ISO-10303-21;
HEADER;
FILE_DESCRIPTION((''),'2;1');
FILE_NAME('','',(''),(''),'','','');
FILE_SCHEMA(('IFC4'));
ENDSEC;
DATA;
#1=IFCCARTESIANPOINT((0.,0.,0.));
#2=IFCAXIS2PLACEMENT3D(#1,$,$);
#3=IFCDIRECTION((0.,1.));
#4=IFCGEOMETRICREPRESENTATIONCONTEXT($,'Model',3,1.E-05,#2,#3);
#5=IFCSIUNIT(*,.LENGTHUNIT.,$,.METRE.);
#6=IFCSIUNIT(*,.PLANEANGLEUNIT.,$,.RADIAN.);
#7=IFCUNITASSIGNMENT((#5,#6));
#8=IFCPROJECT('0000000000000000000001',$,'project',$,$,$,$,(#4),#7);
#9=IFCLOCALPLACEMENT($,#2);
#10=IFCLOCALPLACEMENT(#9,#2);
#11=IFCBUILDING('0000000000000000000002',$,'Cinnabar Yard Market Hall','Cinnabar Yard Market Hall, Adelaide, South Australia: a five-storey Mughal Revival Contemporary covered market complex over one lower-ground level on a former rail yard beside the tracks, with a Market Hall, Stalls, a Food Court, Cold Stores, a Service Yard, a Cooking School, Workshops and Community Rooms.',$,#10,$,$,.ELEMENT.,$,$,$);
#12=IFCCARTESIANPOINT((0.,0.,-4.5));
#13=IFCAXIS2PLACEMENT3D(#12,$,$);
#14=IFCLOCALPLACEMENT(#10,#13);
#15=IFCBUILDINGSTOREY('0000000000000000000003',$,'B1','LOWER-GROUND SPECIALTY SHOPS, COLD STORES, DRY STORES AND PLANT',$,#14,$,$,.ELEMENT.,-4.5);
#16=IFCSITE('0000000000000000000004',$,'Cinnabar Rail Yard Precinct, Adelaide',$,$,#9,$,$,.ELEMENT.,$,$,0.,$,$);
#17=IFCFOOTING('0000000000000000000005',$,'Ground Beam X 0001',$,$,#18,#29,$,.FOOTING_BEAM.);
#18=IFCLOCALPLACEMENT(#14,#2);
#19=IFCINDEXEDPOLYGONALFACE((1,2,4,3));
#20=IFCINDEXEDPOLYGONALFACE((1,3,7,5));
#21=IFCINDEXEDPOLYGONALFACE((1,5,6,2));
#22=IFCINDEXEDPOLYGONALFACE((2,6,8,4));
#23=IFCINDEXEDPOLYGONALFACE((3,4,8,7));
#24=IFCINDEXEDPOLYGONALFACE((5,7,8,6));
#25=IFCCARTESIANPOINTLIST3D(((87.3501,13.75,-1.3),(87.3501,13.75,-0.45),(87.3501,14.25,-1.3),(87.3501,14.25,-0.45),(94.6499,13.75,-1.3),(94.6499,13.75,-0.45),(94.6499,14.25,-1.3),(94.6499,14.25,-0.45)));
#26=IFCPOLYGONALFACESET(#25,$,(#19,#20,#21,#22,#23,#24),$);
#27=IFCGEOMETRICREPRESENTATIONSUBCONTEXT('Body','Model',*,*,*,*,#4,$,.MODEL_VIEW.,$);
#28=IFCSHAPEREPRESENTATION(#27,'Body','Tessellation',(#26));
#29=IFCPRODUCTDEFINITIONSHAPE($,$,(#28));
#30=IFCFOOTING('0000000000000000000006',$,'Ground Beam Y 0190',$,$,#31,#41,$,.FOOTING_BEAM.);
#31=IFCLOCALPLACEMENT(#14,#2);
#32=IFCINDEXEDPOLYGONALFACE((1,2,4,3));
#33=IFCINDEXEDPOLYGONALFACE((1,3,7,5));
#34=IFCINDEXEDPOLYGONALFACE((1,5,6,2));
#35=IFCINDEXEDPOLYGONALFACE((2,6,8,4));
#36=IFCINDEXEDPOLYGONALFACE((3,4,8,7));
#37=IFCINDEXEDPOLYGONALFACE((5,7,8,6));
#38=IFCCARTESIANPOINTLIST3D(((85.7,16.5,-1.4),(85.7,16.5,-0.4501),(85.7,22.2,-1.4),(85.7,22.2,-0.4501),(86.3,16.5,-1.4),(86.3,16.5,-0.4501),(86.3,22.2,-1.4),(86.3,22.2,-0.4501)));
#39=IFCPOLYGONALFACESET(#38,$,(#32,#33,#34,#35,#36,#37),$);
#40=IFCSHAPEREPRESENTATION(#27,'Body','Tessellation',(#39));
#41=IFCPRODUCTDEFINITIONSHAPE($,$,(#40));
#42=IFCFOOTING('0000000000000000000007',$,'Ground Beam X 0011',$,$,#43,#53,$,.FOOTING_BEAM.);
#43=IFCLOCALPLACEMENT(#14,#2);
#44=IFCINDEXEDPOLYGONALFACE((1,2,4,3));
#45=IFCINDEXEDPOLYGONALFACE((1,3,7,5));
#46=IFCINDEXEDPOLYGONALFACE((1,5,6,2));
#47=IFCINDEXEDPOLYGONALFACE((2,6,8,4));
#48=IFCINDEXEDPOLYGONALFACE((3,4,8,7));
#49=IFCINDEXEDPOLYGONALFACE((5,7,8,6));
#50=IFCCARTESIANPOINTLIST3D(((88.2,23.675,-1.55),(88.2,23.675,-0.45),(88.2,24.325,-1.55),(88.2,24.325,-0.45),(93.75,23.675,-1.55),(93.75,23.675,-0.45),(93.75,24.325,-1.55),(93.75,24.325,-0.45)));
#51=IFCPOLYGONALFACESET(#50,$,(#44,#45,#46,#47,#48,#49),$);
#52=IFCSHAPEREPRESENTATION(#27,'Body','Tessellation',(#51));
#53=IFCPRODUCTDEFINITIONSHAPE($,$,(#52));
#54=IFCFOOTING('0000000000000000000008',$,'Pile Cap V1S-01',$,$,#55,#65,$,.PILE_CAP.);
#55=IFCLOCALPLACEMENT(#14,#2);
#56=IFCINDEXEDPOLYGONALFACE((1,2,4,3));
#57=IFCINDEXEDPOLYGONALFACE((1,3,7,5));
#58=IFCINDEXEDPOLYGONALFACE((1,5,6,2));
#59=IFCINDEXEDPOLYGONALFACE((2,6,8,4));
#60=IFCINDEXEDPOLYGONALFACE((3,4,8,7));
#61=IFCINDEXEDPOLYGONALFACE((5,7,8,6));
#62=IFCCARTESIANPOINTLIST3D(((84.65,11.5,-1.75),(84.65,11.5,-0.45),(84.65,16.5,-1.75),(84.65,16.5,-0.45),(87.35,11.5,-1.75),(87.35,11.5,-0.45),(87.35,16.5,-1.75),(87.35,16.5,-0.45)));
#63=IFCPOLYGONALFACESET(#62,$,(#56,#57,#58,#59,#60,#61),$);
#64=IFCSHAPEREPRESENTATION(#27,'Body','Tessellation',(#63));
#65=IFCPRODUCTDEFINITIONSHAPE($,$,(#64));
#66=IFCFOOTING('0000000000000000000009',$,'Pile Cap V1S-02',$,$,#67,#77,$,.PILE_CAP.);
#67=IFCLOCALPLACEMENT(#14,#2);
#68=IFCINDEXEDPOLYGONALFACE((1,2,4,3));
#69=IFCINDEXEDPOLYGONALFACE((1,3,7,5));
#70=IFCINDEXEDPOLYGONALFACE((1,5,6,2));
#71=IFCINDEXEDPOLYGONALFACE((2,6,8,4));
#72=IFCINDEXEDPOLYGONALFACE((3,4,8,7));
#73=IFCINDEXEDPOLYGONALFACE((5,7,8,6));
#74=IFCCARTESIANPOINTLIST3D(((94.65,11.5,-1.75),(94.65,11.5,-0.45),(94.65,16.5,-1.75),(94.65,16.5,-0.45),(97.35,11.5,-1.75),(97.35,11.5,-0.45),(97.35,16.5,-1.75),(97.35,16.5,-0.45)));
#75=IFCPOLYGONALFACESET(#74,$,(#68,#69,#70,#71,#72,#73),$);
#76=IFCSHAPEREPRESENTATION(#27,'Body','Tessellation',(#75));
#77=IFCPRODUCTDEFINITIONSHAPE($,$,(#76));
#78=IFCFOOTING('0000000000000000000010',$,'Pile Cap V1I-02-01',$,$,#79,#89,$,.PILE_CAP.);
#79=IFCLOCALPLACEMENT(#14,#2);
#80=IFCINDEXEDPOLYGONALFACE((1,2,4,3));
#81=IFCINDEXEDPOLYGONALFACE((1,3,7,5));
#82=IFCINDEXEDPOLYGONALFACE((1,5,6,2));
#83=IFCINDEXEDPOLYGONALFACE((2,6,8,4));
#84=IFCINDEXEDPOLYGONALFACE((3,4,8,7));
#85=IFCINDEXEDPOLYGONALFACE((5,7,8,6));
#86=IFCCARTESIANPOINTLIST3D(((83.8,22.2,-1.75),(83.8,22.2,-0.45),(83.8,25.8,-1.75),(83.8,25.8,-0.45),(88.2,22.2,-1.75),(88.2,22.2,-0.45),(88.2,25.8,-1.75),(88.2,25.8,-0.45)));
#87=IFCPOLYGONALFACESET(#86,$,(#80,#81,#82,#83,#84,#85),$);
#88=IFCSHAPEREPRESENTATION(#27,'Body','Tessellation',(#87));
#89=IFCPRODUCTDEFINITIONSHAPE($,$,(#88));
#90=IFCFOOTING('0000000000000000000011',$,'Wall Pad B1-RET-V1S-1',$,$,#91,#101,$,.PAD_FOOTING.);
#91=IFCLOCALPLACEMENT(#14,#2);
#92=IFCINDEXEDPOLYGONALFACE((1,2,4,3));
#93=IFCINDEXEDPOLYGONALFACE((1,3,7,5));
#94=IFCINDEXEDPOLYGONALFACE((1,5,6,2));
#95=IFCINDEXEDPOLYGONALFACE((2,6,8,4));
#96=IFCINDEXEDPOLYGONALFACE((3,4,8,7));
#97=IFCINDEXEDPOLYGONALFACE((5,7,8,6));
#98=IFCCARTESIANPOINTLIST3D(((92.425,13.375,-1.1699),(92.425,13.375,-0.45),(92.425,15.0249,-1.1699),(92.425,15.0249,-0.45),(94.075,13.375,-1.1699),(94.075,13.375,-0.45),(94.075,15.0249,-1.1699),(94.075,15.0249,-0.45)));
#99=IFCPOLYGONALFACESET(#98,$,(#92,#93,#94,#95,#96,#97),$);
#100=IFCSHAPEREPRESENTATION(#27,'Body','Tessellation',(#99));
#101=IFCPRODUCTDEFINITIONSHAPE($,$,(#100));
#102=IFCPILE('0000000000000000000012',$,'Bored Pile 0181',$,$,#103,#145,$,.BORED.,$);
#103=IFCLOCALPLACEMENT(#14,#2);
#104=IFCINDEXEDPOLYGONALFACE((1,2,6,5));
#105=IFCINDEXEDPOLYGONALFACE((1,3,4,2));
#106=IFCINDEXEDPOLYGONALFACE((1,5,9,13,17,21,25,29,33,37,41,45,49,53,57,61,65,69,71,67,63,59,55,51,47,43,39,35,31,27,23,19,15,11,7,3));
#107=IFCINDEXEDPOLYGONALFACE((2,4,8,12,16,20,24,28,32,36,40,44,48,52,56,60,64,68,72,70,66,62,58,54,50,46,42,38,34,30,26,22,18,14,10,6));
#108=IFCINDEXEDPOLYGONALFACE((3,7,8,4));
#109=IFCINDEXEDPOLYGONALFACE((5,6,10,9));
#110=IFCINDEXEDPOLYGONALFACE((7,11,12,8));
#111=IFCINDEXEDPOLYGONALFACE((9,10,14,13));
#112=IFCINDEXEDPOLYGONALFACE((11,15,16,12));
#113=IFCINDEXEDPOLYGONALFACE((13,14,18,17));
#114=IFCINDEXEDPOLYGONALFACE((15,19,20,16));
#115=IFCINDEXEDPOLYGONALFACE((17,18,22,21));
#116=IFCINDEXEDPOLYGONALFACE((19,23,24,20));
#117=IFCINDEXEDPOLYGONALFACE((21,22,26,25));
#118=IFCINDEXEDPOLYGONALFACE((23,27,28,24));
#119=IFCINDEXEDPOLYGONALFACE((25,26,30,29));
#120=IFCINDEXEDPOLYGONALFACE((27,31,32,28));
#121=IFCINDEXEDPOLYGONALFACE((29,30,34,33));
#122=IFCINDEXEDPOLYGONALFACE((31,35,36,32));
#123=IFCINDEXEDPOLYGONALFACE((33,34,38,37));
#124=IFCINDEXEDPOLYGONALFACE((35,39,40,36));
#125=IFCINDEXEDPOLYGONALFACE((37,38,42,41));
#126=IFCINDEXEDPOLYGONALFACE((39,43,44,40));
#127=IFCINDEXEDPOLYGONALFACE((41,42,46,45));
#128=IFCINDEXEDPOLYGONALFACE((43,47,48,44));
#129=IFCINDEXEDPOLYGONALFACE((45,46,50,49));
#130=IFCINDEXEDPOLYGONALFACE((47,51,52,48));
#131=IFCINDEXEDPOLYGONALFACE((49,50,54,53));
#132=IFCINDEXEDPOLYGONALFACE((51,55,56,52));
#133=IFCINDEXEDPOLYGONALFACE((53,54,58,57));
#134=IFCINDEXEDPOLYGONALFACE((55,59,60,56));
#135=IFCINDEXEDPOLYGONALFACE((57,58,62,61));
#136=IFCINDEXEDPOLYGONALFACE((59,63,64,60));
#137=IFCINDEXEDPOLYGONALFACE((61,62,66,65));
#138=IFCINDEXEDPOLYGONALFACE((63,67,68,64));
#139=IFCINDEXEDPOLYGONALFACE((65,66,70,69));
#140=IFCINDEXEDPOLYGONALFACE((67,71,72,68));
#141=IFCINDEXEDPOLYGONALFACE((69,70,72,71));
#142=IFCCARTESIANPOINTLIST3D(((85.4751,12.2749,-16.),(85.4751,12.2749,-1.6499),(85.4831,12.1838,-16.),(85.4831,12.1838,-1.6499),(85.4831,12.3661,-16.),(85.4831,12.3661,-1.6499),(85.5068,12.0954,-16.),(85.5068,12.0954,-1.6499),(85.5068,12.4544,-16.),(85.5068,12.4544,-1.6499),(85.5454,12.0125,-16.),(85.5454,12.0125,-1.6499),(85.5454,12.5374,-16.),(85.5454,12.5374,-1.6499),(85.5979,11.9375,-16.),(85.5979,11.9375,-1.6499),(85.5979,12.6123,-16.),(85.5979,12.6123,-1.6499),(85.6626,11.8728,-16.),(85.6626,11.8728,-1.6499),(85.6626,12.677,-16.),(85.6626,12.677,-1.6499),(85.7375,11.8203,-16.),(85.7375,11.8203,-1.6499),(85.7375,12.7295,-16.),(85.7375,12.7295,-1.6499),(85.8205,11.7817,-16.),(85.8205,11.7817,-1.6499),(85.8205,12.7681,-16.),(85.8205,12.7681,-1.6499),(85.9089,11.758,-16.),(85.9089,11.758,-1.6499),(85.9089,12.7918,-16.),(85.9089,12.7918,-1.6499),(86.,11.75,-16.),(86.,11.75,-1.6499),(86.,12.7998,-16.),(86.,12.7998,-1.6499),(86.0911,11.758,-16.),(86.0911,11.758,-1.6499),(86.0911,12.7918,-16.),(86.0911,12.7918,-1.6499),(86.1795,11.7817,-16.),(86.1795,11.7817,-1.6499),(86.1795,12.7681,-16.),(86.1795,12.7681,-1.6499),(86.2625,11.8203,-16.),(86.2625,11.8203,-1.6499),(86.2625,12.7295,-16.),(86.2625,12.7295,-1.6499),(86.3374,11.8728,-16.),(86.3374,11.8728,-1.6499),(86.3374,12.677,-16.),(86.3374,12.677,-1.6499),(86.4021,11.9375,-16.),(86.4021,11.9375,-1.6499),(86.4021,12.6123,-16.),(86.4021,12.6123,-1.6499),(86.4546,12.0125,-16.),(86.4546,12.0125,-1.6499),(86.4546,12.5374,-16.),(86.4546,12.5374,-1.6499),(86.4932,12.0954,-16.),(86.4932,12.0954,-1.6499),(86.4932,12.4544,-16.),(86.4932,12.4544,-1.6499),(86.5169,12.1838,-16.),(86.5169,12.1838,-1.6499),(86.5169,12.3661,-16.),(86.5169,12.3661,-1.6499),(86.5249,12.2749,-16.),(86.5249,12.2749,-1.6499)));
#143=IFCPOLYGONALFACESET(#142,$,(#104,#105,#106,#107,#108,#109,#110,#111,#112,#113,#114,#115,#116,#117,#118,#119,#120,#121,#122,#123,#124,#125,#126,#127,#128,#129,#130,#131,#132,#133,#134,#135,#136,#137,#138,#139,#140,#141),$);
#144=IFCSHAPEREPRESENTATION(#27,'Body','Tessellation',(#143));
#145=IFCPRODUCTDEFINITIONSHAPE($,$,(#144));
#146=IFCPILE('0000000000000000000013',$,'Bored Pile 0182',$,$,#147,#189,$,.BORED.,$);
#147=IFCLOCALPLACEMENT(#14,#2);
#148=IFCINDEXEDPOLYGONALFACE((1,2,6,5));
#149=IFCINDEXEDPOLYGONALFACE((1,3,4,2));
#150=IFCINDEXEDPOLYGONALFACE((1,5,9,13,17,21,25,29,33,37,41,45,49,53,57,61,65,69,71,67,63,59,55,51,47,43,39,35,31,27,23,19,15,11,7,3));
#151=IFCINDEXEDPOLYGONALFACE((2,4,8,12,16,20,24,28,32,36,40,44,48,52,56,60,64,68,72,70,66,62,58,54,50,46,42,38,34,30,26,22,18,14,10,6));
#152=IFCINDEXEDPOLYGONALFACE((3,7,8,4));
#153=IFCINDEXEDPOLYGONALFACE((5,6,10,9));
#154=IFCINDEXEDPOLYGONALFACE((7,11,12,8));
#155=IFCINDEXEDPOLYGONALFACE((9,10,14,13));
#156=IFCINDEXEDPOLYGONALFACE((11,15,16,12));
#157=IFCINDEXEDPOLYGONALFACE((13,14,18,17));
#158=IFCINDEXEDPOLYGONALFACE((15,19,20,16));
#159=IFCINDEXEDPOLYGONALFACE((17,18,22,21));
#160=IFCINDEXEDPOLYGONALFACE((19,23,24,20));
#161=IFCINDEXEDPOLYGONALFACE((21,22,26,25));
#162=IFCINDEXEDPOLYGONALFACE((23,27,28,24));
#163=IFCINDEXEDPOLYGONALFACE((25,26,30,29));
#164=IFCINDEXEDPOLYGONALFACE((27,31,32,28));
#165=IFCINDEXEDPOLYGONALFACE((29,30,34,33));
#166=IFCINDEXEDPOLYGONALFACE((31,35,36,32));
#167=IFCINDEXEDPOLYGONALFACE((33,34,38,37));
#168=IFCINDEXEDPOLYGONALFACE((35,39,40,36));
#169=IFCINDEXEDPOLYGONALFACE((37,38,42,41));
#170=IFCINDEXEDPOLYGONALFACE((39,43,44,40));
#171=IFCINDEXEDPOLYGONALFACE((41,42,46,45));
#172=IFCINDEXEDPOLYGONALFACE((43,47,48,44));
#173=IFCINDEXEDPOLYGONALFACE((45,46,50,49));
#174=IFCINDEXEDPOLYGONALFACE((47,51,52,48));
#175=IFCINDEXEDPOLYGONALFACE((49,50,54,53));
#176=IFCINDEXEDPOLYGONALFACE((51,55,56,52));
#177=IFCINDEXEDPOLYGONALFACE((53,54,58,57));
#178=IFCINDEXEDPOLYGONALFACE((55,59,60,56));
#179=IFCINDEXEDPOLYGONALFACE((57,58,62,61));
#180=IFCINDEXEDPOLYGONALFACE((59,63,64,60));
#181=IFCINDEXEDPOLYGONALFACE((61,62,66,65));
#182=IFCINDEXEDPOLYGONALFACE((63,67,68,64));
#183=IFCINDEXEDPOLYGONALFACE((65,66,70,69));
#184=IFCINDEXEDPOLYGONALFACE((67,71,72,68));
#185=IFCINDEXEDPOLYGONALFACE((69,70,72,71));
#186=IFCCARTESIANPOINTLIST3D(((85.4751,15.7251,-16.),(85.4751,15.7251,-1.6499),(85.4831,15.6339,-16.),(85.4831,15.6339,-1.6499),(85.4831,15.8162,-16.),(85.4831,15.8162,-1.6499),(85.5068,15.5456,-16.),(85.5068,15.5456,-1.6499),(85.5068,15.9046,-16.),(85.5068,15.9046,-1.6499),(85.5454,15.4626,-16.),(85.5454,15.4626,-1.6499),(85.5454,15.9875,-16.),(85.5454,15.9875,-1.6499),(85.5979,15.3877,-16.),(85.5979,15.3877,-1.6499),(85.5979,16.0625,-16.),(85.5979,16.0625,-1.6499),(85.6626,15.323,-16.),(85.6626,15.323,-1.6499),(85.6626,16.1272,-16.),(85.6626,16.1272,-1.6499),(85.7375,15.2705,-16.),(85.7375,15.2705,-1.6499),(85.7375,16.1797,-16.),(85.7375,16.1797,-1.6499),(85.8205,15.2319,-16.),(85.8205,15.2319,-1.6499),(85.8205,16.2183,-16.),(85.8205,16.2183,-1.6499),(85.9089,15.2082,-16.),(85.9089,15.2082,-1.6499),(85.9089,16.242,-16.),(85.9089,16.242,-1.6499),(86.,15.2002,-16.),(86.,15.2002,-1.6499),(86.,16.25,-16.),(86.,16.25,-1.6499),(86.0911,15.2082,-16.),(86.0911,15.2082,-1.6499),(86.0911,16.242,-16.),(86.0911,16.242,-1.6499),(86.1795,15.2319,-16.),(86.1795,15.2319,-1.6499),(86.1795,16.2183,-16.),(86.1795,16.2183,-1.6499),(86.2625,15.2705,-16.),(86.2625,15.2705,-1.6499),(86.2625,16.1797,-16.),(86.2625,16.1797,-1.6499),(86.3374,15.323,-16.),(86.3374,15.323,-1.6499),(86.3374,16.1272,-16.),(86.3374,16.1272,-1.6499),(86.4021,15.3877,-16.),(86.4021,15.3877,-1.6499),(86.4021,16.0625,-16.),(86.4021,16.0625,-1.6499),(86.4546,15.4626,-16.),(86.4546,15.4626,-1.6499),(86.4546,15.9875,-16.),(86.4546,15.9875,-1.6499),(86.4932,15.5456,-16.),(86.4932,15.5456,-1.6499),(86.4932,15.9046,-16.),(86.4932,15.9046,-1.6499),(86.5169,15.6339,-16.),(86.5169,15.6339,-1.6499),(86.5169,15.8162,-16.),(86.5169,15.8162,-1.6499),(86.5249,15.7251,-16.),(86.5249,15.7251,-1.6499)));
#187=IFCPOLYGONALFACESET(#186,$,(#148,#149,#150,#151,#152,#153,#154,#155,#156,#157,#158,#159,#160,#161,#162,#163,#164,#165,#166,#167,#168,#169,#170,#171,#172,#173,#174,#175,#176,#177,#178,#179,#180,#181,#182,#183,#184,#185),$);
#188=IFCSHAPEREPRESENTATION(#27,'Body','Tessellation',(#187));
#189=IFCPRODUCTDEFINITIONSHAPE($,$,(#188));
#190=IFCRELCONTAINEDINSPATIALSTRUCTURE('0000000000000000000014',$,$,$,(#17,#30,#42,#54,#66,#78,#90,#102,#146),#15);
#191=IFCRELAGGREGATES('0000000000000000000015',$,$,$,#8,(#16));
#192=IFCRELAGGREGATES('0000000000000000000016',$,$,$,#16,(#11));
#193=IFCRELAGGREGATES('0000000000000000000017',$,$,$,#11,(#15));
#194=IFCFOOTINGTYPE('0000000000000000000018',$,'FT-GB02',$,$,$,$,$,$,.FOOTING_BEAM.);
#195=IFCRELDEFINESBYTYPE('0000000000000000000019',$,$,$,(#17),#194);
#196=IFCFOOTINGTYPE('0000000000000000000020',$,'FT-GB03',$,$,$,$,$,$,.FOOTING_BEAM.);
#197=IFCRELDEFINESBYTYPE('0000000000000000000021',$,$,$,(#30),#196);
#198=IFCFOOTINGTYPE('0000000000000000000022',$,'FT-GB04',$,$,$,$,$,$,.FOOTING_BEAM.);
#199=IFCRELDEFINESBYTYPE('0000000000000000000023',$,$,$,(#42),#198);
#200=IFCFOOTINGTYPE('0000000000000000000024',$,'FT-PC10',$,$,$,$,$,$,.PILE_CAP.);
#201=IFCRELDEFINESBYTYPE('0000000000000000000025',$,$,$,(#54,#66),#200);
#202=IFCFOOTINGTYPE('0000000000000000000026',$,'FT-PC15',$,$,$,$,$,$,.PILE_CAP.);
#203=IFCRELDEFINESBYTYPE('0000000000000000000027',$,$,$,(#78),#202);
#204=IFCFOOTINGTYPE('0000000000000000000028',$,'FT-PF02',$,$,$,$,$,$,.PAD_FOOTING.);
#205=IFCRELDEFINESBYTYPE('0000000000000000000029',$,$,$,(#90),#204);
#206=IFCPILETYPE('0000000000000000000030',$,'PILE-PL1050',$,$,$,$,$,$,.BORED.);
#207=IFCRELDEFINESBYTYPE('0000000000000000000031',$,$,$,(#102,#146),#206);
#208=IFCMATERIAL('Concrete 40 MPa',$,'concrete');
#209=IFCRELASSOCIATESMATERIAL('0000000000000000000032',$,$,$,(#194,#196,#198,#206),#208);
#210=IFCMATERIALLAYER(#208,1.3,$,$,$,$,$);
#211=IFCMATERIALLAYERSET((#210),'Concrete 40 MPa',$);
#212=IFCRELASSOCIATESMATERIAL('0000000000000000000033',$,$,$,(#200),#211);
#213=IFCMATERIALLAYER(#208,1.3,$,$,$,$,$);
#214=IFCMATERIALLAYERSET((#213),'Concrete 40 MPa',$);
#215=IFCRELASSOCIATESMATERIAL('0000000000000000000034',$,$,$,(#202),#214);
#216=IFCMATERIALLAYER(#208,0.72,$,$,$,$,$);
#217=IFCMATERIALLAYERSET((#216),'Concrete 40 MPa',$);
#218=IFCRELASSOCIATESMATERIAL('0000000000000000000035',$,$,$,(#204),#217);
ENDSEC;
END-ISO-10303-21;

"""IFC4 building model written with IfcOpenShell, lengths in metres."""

from ifc_helpers import new_model, si_unit, direction, frame, origin, origin_2d_with_axis, place, context, subcontext, project, spatial, rectangle, circle, extrude, material, layer, layer_set, material_profile, profile_set, type_object, element, save


model = new_model("IFC4")

# Units and contexts
model_context = context("Model", 3, precision=1e-05, world=origin(), true_north=direction((0.0, 1.0)))
body_context = subcontext(model_context, "Body", "Model", "MODEL_VIEW")
ifc_project = project(units=[si_unit("LENGTHUNIT", "METRE"), si_unit("PLANEANGLEUNIT", "RADIAN")], contexts=[model_context])

# Site, building, storey
site_placement = place(None, origin())
site = spatial("IfcSite", under=ifc_project, at=site_placement, Name="Cinnabar Rail Yard Precinct, Adelaide", CompositionType="ELEMENT", RefElevation=0.0)
building_placement = place(site_placement, origin())
building = spatial("IfcBuilding", under=site, at=building_placement, Name="Cinnabar Yard Market Hall", Description="Cinnabar Yard Market Hall, Adelaide, South Australia: a five-storey Mughal Revival Contemporary covered market complex over one lower-ground level on a former rail yard beside the tracks, with a Market Hall, Stalls, a Food Court, Cold Stores, a Service Yard, a Cooking School, Workshops and Community Rooms.", CompositionType="ELEMENT")
storey_placement = place(building_placement, frame((0.0, 0.0, -4.5)))
storey = spatial("IfcBuildingStorey", under=building, at=storey_placement, Name="B1", Description="LOWER-GROUND SPECIALTY SHOPS, COLD STORES, DRY STORES AND PLANT", CompositionType="ELEMENT", Elevation=-4.5)

# Footings
ifc_material_1 = material(Name="Concrete 40 MPa", Category="concrete")
ifc_material_profile_1 = material_profile(ifc_material_1, rectangle(XDim=0.5, YDim=0.8501, at=origin_2d_with_axis()), Name="GB-500x850")
ifc_profile_set_1 = profile_set([ifc_material_profile_1], Name="Concrete 40 MPa")
footing_type_1 = type_object("IfcFootingType", Name="FT-GB02", PredefinedType="FOOTING_BEAM", material=ifc_profile_set_1)
footing_1_placement = place(storey_placement, frame((87.3501, 14.0, -0.875), z_axis=(1.0, 0.0, 0.0), x_axis=(0.0, 1.0, 0.0)))
element("IfcFooting", 1, at=footing_1_placement, inside=storey, type_object=footing_type_1, Name="Ground Beam X 0001", PredefinedType="FOOTING_BEAM", context=body_context, shape_type="SweptSolid", body=[
    extrude(rectangle(XDim=0.5, YDim=0.8501, at=origin_2d_with_axis()), origin(), (0.0, 0.0, 1.0), 7.2998),
])
ifc_material_profile_2 = material_profile(ifc_material_1, rectangle(XDim=0.6001, YDim=0.95, at=origin_2d_with_axis()), Name="GB-600x950")
ifc_profile_set_2 = profile_set([ifc_material_profile_2], Name="Concrete 40 MPa")
footing_type_2 = type_object("IfcFootingType", Name="FT-GB03", PredefinedType="FOOTING_BEAM", material=ifc_profile_set_2)
footing_2_placement = place(storey_placement, frame((86.0, 16.5, -0.925), z_axis=(0.0, 1.0, 0.0), x_axis=(-1.0, 0.0, 0.0)))
element("IfcFooting", 2, at=footing_2_placement, inside=storey, type_object=footing_type_2, Name="Ground Beam Y 0190", PredefinedType="FOOTING_BEAM", context=body_context, shape_type="SweptSolid", body=[
    extrude(rectangle(XDim=0.6001, YDim=0.95, at=origin_2d_with_axis()), origin(), (0.0, 0.0, 1.0), 5.7),
])
ifc_material_profile_3 = material_profile(ifc_material_1, rectangle(XDim=0.6499, YDim=1.1001, at=origin_2d_with_axis()), Name="GB-650x1100")
ifc_profile_set_3 = profile_set([ifc_material_profile_3], Name="Concrete 40 MPa")
footing_type_3 = type_object("IfcFootingType", Name="FT-GB04", PredefinedType="FOOTING_BEAM", material=ifc_profile_set_3)
footing_3_placement = place(storey_placement, frame((88.2, 24.0, -1.0), z_axis=(1.0, 0.0, 0.0), x_axis=(0.0, 1.0, 0.0)))
element("IfcFooting", 3, at=footing_3_placement, inside=storey, type_object=footing_type_3, Name="Ground Beam X 0011", PredefinedType="FOOTING_BEAM", context=body_context, shape_type="SweptSolid", body=[
    extrude(rectangle(XDim=0.6499, YDim=1.1001, at=origin_2d_with_axis()), origin(), (0.0, 0.0, 1.0), 5.55),
])
ifc_layer_1 = layer(ifc_material_1, 1.3)
ifc_layer_set_1 = layer_set([ifc_layer_1], Name="Concrete 40 MPa")
footing_type_4 = type_object("IfcFootingType", Name="FT-PC10", PredefinedType="PILE_CAP", material=ifc_layer_set_1)
for number, where, z_axis, x_axis, name in (
    (4, (86.0, 14.0, -1.75), (0.0, 0.0, 1.0), (1.0, 0.0, 0.0), "Pile Cap V1S-01"),
    (5, (96.0, 14.0, -1.75), (0.0, 0.0, 1.0), (1.0, 0.0, 0.0), "Pile Cap V1S-02"),
):
    element("IfcFooting", number, at=place(storey_placement, frame(where, z_axis=z_axis, x_axis=x_axis)), inside=storey, type_object=footing_type_4, Name=name, PredefinedType="PILE_CAP", context=body_context, shape_type="SweptSolid", body=[
        extrude(rectangle(XDim=2.7, YDim=5.0, at=origin_2d_with_axis()), origin(), (0.0, 0.0, 1.0), 1.3),
    ])
ifc_layer_2 = layer(ifc_material_1, 1.3)
ifc_layer_set_2 = layer_set([ifc_layer_2], Name="Concrete 40 MPa")
footing_type_5 = type_object("IfcFootingType", Name="FT-PC15", PredefinedType="PILE_CAP", material=ifc_layer_set_2)
footing_4_placement = place(storey_placement, frame((86.0, 24.0, -1.75), z_axis=(0.0, 0.0, 1.0), x_axis=(1.0, 0.0, 0.0)))
element("IfcFooting", 6, at=footing_4_placement, inside=storey, type_object=footing_type_5, Name="Pile Cap V1I-02-01", PredefinedType="PILE_CAP", context=body_context, shape_type="SweptSolid", body=[
    extrude(rectangle(XDim=4.3999, YDim=3.6001, at=origin_2d_with_axis()), origin(), (0.0, 0.0, 1.0), 1.3),
])
ifc_layer_3 = layer(ifc_material_1, 0.72)
ifc_layer_set_3 = layer_set([ifc_layer_3], Name="Concrete 40 MPa")
footing_type_6 = type_object("IfcFootingType", Name="FT-PF02", PredefinedType="PAD_FOOTING", material=ifc_layer_set_3)
footing_5_placement = place(storey_placement, frame((93.25, 14.2, -1.1699), z_axis=(0.0, 0.0, 1.0), x_axis=(1.0, 0.0, 0.0)))
element("IfcFooting", 7, at=footing_5_placement, inside=storey, type_object=footing_type_6, Name="Wall Pad B1-RET-V1S-1", PredefinedType="PAD_FOOTING", context=body_context, shape_type="SweptSolid", body=[
    extrude(rectangle(XDim=1.6499, YDim=1.6499, at=origin_2d_with_axis()), origin(), (0.0, 0.0, 1.0), 0.72),
])

# Piles
ifc_material_profile_4 = material_profile(ifc_material_1, circle(Radius=0.5249, at=origin_2d_with_axis()), Name="PILE-D1050")
ifc_profile_set_4 = profile_set([ifc_material_profile_4], Name="Concrete 40 MPa")
pile_type_1 = type_object("IfcPileType", Name="PILE-PL1050", PredefinedType="BORED", material=ifc_profile_set_4)
for number, where, z_axis, x_axis, name in (
    (8, (86.0, 12.2749, -1.6499), (0.0, 0.0, -1.0), (1.0, 0.0, 0.0), "Bored Pile 0181"),
    (9, (86.0, 15.7251, -1.6499), (0.0, 0.0, -1.0), (1.0, 0.0, 0.0), "Bored Pile 0182"),
):
    element("IfcPile", number, at=place(storey_placement, frame(where, z_axis=z_axis, x_axis=x_axis)), inside=storey, type_object=pile_type_1, Name=name, PredefinedType="BORED", context=body_context, shape_type="SweptSolid", body=[
        extrude(circle(Radius=0.5249, at=origin_2d_with_axis()), origin(), (0.0, 0.0, 1.0), 14.3501),
    ])

save(model, "model.ifc")
